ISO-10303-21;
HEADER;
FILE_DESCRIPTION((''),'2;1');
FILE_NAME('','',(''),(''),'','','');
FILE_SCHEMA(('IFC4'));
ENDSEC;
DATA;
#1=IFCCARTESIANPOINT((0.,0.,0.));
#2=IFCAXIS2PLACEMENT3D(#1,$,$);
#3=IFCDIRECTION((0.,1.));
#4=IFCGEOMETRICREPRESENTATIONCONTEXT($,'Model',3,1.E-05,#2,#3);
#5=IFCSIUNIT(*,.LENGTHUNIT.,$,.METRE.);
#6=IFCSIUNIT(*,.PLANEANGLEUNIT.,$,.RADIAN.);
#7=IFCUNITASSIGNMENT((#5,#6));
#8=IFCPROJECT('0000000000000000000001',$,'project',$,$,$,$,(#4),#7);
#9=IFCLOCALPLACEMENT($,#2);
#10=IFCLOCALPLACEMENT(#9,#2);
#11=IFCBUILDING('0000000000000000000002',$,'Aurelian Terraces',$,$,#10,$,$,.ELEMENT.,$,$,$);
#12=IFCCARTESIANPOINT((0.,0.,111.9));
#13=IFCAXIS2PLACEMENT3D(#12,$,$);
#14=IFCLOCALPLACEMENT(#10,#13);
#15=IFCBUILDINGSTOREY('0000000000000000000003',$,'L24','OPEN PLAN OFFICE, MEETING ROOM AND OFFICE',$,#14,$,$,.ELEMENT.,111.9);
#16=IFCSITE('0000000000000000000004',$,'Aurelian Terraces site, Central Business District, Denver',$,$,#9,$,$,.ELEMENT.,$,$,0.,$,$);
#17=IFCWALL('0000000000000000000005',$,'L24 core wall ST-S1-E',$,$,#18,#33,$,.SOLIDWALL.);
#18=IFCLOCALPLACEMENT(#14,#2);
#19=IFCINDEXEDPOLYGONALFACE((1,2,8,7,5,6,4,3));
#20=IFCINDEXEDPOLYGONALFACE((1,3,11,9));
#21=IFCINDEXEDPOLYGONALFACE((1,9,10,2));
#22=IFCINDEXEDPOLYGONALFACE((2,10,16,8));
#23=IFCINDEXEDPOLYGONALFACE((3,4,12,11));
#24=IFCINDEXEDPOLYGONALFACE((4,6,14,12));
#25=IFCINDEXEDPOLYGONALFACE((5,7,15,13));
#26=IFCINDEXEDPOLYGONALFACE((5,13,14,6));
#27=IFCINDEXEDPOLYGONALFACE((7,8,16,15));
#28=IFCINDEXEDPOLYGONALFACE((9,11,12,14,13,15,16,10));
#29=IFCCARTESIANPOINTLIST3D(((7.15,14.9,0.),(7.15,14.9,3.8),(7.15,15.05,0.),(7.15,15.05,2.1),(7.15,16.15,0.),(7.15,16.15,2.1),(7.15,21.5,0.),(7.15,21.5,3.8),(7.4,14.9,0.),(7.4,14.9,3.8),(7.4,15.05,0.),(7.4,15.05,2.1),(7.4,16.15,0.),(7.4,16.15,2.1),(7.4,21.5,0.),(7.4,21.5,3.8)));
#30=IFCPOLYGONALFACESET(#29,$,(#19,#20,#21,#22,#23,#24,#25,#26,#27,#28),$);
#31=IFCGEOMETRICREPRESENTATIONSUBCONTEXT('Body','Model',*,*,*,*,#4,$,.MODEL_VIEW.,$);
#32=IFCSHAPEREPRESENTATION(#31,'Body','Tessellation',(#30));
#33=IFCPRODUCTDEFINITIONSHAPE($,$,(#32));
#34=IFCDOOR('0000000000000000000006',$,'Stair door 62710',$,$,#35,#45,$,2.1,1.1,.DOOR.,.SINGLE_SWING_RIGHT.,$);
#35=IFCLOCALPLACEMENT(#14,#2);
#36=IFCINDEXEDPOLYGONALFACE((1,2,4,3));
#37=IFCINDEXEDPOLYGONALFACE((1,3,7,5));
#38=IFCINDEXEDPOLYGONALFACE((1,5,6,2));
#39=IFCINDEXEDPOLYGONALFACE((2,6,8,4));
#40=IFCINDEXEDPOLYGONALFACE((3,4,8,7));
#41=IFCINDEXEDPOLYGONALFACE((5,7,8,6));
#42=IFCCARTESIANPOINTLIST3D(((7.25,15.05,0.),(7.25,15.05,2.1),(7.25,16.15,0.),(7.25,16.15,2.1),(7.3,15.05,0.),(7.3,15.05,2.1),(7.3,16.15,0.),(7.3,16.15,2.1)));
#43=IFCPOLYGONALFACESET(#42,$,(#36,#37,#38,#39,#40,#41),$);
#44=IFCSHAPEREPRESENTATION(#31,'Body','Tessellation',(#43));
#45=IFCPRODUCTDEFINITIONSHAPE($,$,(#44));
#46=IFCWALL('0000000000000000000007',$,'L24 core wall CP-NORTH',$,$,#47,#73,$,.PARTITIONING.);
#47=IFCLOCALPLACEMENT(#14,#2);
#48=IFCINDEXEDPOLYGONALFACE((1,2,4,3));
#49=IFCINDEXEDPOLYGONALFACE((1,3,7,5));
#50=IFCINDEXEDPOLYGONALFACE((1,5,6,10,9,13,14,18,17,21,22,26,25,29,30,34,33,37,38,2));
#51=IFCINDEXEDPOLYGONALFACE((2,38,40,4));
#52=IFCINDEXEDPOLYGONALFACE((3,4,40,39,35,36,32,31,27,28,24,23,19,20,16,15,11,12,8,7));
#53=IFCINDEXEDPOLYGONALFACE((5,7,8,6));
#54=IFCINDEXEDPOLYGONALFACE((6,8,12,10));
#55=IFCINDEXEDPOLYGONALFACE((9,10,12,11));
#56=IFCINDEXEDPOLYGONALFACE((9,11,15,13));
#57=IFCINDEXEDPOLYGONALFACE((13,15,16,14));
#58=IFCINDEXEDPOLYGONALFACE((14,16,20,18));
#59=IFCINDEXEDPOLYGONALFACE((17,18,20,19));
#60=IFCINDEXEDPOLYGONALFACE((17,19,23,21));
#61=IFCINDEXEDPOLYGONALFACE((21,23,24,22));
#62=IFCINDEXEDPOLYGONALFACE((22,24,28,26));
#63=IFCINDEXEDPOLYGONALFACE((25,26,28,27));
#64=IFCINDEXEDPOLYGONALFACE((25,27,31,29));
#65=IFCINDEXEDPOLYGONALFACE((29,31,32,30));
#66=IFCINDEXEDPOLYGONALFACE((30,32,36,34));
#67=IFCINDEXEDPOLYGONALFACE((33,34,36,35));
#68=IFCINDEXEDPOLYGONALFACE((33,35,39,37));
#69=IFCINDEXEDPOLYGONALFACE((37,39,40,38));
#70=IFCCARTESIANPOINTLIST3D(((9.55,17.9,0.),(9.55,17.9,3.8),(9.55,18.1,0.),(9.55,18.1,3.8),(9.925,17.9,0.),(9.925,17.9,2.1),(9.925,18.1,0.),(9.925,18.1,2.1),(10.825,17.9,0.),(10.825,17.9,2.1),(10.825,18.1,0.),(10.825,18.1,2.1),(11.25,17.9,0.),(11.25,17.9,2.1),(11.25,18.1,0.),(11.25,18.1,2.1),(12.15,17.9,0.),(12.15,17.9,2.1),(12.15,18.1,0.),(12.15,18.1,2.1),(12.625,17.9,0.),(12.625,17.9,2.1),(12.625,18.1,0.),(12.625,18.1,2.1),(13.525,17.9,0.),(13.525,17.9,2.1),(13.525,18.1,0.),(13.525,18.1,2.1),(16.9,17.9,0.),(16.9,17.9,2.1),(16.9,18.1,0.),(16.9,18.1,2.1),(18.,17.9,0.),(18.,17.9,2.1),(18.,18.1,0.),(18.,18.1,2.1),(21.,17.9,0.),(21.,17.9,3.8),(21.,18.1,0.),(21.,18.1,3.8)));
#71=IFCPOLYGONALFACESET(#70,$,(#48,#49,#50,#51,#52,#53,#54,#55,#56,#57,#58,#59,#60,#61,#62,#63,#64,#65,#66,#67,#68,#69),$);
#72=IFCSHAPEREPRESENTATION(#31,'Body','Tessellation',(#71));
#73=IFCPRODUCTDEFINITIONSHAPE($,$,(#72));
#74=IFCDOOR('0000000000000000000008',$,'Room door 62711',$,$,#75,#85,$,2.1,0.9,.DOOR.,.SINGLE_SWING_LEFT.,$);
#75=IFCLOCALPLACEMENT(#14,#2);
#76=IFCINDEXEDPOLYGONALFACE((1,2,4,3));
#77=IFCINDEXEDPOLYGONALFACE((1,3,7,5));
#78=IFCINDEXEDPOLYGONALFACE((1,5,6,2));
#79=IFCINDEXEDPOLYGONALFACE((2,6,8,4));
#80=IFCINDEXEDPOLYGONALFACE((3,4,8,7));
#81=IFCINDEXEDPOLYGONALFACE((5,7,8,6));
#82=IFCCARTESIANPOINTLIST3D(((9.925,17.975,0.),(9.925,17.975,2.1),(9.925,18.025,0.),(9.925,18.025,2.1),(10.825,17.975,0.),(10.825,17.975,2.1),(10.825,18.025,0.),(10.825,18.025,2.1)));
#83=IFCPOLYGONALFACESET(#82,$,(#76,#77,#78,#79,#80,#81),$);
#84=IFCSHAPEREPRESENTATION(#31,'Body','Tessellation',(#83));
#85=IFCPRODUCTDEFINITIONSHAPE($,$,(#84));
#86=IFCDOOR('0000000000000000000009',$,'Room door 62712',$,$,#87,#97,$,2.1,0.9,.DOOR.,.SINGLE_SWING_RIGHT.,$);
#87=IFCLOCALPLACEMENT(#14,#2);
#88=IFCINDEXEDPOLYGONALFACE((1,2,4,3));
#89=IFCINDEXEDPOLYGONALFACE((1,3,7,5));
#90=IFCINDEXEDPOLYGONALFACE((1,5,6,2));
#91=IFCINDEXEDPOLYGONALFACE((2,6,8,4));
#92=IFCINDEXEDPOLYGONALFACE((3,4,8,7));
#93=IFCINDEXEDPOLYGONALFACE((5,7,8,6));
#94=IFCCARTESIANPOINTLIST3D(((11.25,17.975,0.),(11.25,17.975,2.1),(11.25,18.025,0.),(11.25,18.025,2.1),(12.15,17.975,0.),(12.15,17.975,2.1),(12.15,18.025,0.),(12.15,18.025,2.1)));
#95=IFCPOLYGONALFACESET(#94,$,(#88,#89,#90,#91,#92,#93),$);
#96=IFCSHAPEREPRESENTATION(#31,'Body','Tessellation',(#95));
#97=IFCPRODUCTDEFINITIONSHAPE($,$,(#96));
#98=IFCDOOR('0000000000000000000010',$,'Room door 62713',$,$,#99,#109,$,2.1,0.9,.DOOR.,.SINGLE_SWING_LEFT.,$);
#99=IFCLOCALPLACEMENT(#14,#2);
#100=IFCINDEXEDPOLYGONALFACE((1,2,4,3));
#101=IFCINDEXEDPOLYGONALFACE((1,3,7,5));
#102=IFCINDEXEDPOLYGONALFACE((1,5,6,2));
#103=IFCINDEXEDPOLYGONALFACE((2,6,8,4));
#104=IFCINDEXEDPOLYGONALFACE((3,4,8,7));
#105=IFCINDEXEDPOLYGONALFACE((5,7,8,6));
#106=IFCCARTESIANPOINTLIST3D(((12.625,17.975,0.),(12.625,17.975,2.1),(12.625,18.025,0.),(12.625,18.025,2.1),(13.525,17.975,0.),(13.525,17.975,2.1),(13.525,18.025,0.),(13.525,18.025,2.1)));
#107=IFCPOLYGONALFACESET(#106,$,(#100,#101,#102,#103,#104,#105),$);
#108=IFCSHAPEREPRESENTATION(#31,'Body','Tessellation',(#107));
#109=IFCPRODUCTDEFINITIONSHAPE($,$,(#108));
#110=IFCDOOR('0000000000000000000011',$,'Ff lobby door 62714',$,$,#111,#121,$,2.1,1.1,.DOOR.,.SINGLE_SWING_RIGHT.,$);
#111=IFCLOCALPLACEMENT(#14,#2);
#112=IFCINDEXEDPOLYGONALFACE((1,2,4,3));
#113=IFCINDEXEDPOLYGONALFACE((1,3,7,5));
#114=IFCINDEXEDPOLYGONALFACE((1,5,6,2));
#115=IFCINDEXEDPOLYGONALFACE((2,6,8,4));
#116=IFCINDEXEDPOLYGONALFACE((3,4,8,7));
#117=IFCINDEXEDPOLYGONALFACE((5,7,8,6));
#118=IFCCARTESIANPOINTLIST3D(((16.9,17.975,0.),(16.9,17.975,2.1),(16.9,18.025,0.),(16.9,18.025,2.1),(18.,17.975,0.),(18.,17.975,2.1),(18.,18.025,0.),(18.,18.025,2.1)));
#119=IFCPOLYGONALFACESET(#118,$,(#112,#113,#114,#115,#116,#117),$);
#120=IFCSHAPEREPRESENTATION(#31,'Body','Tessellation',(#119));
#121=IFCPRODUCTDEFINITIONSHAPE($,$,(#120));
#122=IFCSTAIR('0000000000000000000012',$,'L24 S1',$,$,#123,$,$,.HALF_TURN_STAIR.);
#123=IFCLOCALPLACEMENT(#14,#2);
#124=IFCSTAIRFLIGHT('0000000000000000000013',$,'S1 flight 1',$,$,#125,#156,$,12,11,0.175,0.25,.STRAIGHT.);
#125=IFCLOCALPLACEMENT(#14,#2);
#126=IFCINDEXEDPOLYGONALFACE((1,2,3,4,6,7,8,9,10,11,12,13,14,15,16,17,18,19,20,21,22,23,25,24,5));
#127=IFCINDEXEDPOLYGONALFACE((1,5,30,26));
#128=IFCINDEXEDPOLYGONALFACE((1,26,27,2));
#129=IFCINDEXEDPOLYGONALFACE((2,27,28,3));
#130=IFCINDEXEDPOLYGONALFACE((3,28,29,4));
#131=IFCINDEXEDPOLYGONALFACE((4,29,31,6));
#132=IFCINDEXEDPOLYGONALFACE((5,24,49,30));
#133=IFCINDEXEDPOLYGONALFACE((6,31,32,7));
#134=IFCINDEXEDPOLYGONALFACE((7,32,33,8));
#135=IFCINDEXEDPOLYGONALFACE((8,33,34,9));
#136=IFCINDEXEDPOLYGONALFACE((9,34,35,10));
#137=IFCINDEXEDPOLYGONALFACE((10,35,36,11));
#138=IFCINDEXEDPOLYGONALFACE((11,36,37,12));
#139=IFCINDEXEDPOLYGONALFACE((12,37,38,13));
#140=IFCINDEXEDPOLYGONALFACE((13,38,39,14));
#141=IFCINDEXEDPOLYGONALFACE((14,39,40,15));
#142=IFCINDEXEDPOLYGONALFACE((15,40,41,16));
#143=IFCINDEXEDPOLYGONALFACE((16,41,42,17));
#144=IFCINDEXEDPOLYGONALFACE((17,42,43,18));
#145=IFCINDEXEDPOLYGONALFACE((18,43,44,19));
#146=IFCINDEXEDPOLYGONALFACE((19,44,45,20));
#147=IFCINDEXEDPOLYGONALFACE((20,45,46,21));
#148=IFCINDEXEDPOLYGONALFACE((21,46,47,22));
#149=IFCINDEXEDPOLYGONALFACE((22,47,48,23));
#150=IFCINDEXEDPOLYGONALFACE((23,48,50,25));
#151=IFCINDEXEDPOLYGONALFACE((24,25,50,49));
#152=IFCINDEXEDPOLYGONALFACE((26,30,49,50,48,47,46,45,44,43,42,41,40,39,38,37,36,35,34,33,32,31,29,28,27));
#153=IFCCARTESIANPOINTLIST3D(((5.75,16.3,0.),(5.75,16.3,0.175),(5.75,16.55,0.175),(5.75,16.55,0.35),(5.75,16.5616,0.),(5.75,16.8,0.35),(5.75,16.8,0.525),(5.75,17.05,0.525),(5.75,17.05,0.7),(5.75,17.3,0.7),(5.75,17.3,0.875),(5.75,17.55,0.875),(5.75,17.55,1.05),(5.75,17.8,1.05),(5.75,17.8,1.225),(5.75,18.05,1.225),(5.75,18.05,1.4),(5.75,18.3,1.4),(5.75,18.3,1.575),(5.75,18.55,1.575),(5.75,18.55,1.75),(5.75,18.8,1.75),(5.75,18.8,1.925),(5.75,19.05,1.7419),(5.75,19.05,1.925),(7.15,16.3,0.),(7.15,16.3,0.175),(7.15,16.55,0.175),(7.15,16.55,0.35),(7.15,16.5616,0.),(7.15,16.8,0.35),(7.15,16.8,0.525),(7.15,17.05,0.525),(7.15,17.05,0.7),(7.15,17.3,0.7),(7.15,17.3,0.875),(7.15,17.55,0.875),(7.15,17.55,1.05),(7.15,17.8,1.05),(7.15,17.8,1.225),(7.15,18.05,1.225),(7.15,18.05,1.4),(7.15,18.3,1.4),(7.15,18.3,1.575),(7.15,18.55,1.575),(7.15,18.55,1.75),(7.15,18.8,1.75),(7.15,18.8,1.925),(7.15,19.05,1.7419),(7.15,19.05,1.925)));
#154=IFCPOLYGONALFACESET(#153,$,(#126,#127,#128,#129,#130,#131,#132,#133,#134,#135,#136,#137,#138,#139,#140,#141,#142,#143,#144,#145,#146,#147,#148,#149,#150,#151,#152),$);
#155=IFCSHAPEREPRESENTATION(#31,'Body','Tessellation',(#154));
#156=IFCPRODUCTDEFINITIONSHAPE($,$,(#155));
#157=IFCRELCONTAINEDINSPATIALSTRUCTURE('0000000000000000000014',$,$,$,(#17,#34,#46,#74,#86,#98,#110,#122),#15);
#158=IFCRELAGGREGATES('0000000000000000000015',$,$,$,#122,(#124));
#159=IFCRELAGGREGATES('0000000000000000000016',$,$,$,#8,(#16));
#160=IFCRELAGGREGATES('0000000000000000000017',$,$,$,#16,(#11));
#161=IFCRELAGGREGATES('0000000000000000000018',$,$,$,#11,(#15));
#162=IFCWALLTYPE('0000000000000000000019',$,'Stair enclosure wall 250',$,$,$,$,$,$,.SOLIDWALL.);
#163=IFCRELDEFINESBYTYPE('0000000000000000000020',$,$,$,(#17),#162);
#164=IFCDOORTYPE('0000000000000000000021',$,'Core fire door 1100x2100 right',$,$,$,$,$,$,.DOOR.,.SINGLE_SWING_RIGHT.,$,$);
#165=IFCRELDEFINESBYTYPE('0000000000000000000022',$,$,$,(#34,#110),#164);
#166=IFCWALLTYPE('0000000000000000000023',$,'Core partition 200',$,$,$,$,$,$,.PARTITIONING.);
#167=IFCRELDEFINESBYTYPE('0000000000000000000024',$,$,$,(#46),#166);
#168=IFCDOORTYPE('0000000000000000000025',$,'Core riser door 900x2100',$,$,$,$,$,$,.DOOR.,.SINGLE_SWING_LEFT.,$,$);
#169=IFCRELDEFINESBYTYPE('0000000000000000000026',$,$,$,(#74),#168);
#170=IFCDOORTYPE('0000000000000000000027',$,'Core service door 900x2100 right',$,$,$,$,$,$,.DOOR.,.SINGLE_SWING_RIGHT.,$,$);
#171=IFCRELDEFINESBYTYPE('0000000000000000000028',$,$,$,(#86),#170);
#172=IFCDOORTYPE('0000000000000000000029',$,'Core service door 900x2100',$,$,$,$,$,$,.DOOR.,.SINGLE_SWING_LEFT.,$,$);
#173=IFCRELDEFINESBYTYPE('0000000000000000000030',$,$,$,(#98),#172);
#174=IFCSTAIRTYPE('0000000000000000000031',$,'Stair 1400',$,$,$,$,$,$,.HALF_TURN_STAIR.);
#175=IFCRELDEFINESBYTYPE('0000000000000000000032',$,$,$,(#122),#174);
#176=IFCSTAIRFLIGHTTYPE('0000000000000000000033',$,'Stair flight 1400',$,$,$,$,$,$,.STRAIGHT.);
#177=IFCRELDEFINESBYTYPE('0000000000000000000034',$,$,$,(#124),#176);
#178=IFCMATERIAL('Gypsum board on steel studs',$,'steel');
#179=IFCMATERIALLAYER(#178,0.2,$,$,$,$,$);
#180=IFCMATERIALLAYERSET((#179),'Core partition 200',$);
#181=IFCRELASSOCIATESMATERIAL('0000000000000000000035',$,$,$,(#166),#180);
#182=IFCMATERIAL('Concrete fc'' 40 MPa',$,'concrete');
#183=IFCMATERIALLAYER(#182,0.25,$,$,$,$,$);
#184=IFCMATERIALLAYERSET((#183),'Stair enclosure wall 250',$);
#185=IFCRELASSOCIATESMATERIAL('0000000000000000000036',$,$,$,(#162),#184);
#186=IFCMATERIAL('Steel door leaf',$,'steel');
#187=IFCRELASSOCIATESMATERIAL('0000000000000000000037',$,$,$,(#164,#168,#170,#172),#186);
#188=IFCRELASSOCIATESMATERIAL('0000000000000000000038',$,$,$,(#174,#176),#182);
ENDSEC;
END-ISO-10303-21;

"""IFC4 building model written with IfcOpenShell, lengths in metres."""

from ifc_helpers import new_model, si_unit, direction, frame, frame_2d, origin, place, context, subcontext, project, spatial, polyline, rectangle, outline, extrude, source, transform, mapped, material, layer, layer_set, type_object, element, fill, aggregate, save


model = new_model("IFC4")

# Units and contexts
model_context = context("Model", 3, precision=1e-05, world=origin(), true_north=direction((0.0, 1.0)))
body_context = subcontext(model_context, "Body", "Model", "MODEL_VIEW")
ifc_project = project(units=[si_unit("LENGTHUNIT", "METRE"), si_unit("PLANEANGLEUNIT", "RADIAN")], contexts=[model_context])

# Site, building, storey
site_placement = place(None, origin())
site = spatial("IfcSite", under=ifc_project, at=site_placement, Name="Aurelian Terraces site, Central Business District, Denver", CompositionType="ELEMENT", RefElevation=0.0)
building_placement = place(site_placement, origin())
building = spatial("IfcBuilding", under=site, at=building_placement, Name="Aurelian Terraces", CompositionType="ELEMENT")
storey_placement = place(building_placement, frame((0.0, 0.0, 111.9)))
storey = spatial("IfcBuildingStorey", under=building, at=storey_placement, Name="L24", Description="OPEN PLAN OFFICE, MEETING ROOM AND OFFICE", CompositionType="ELEMENT", Elevation=111.9)

# Shared definitions
ifc_material_1 = material(Name="Concrete fc' 40 MPa", Category="concrete")

# Shared definitions
shared_shape_1 = source(origin(), body_context, "Body", "SweptSolid", [
    extrude(rectangle(XDim=1.1, YDim=2.1, at=frame_2d((0.55, 1.05))), frame((0.0, 0.11, 0.0), z_axis=(0.0, -1.0, 0.0), x_axis=(1.0, 0.0, 0.0)), (0.0, 0.0, 1.0), 0.22),
])
shared_shape_2 = source(origin(), body_context, "Body", "SweptSolid", [
    extrude(rectangle(XDim=1.1, YDim=2.1, at=frame_2d((0.55, 1.05))), frame((0.0, 0.025, 0.0), z_axis=(0.0, -1.0, 0.0), x_axis=(1.0, 0.0, 0.0)), (0.0, 0.0, 1.0), 0.05),
])

# Shared definitions
ifc_material_2 = material(Name="Gypsum board on steel studs", Category="steel")
ifc_layer_1 = layer(ifc_material_2, 0.2)
ifc_layer_set_1 = layer_set([ifc_layer_1], Name="Core partition 200")
wall_type_1 = type_object("IfcWallType", Name="Core partition 200", PredefinedType="PARTITIONING", material=ifc_layer_set_1)

# Wall, opening, door
ifc_layer_2 = layer(ifc_material_1, 0.25)
ifc_layer_set_2 = layer_set([ifc_layer_2], Name="Stair enclosure wall 250")
wall_type_2 = type_object("IfcWallType", Name="Stair enclosure wall 250", PredefinedType="SOLIDWALL", material=ifc_layer_set_2)
shared_shape_3 = source(origin(), body_context, "Body", "SweptSolid", [
    extrude(rectangle(XDim=6.6, YDim=0.25, at=frame_2d((3.3, 0.0))), origin(), (0.0, 0.0, 1.0), 3.8),
])
wall_1_placement = place(storey_placement, frame((7.275, 14.9, 0.0), z_axis=(0.0, 0.0, 1.0), x_axis=(0.0, 1.0, 0.0)))
wall_1 = element("IfcWall", 1, at=wall_1_placement, inside=storey, type_object=wall_type_2, Name="L24 core wall ST-S1-E", PredefinedType="SOLIDWALL", context=body_context, shape_type="MappedRepresentation", body=[
    mapped(shared_shape_3, transform((0.0, 0.0, 0.0), scale=1.0)),
])
shared_shape_4 = source(origin(), body_context, "Body", "SweptSolid", [
    extrude(rectangle(XDim=1.1, YDim=2.1, at=frame_2d((0.55, 1.05))), frame((0.0, 0.135, 0.0), z_axis=(0.0, -1.0, 0.0), x_axis=(1.0, 0.0, 0.0)), (0.0, 0.0, 1.0), 0.27),
])
opening_1_placement = place(wall_1_placement, frame((0.15, 0.0, 0.0)))
opening_1 = element("IfcOpeningElement", 2, at=opening_1_placement, cuts=wall_1, PredefinedType="OPENING", context=body_context, shape_type="MappedRepresentation", body=[
    mapped(shared_shape_4, transform((0.0, 0.0, 0.0), scale=1.0)),
])
ifc_material_3 = material(Name="Steel door leaf", Category="steel")
door_type_1 = type_object("IfcDoorType", Name="Core fire door 1100x2100 right", OperationType="SINGLE_SWING_RIGHT", PredefinedType="DOOR", material=ifc_material_3)
door_1_placement = place(opening_1_placement, origin())
door_1 = element("IfcDoor", 3, at=door_1_placement, inside=storey, type_object=door_type_1, Name="Stair door 62710", OperationType="SINGLE_SWING_RIGHT", OverallHeight=2.1, OverallWidth=1.1, PredefinedType="DOOR", context=body_context, shape_type="MappedRepresentation", body=[
    mapped(shared_shape_2, transform((0.0, 0.0, 0.0), scale=1.0)),
])
fill(opening_1, door_1)

# Wall, openings, doors
shared_shape_5 = source(origin(), body_context, "Body", "SweptSolid", [
    extrude(rectangle(XDim=11.45, YDim=0.2, at=frame_2d((5.725, 0.0))), origin(), (0.0, 0.0, 1.0), 3.8),
])
wall_2_placement = place(storey_placement, frame((9.55, 18.0, 0.0), z_axis=(0.0, 0.0, 1.0), x_axis=(1.0, 0.0, 0.0)))
wall_2 = element("IfcWall", 4, at=wall_2_placement, inside=storey, type_object=wall_type_1, Name="L24 core wall CP-NORTH", PredefinedType="PARTITIONING", context=body_context, shape_type="MappedRepresentation", body=[
    mapped(shared_shape_5, transform((0.0, 0.0, 0.0), scale=1.0)),
])
shared_shape_6 = source(origin(), body_context, "Body", "SweptSolid", [
    extrude(rectangle(XDim=0.9, YDim=2.1, at=frame_2d((0.45, 1.05))), frame((0.0, 0.11, 0.0), z_axis=(0.0, -1.0, 0.0), x_axis=(1.0, 0.0, 0.0)), (0.0, 0.0, 1.0), 0.22),
])
opening_2_placement = place(wall_2_placement, frame((0.375, 0.0, 0.0)))
opening_2 = element("IfcOpeningElement", 5, at=opening_2_placement, cuts=wall_2, PredefinedType="OPENING", context=body_context, shape_type="MappedRepresentation", body=[
    mapped(shared_shape_6, transform((0.0, 0.0, 0.0), scale=1.0)),
])
opening_3_placement = place(wall_2_placement, frame((1.7, 0.0, 0.0)))
opening_3 = element("IfcOpeningElement", 6, at=opening_3_placement, cuts=wall_2, PredefinedType="OPENING", context=body_context, shape_type="MappedRepresentation", body=[
    mapped(shared_shape_6, transform((0.0, 0.0, 0.0), scale=1.0)),
])
opening_4_placement = place(wall_2_placement, frame((3.075, 0.0, 0.0)))
opening_4 = element("IfcOpeningElement", 7, at=opening_4_placement, cuts=wall_2, PredefinedType="OPENING", context=body_context, shape_type="MappedRepresentation", body=[
    mapped(shared_shape_6, transform((0.0, 0.0, 0.0), scale=1.0)),
])
opening_5_placement = place(wall_2_placement, frame((7.35, 0.0, 0.0)))
opening_5 = element("IfcOpeningElement", 8, at=opening_5_placement, cuts=wall_2, PredefinedType="OPENING", context=body_context, shape_type="MappedRepresentation", body=[
    mapped(shared_shape_1, transform((0.0, 0.0, 0.0), scale=1.0)),
])
door_type_2 = type_object("IfcDoorType", Name="Core riser door 900x2100", OperationType="SINGLE_SWING_LEFT", PredefinedType="DOOR", material=ifc_material_3)
shared_shape_7 = source(origin(), body_context, "Body", "SweptSolid", [
    extrude(rectangle(XDim=0.9, YDim=2.1, at=frame_2d((0.45, 1.05))), frame((0.0, 0.025, 0.0), z_axis=(0.0, -1.0, 0.0), x_axis=(1.0, 0.0, 0.0)), (0.0, 0.0, 1.0), 0.05),
])
door_2_placement = place(opening_2_placement, origin())
door_2 = element("IfcDoor", 9, at=door_2_placement, inside=storey, type_object=door_type_2, Name="Room door 62711", OperationType="SINGLE_SWING_LEFT", OverallHeight=2.1, OverallWidth=0.9, PredefinedType="DOOR", context=body_context, shape_type="MappedRepresentation", body=[
    mapped(shared_shape_7, transform((0.0, 0.0, 0.0), scale=1.0)),
])
fill(opening_2, door_2)
door_type_3 = type_object("IfcDoorType", Name="Core service door 900x2100 right", OperationType="SINGLE_SWING_RIGHT", PredefinedType="DOOR", material=ifc_material_3)
door_3_placement = place(opening_3_placement, origin())
door_3 = element("IfcDoor", 10, at=door_3_placement, inside=storey, type_object=door_type_3, Name="Room door 62712", OperationType="SINGLE_SWING_RIGHT", OverallHeight=2.1, OverallWidth=0.9, PredefinedType="DOOR", context=body_context, shape_type="MappedRepresentation", body=[
    mapped(shared_shape_7, transform((0.0, 0.0, 0.0), scale=1.0)),
])
fill(opening_3, door_3)
door_type_4 = type_object("IfcDoorType", Name="Core service door 900x2100", OperationType="SINGLE_SWING_LEFT", PredefinedType="DOOR", material=ifc_material_3)
door_4_placement = place(opening_4_placement, origin())
door_4 = element("IfcDoor", 11, at=door_4_placement, inside=storey, type_object=door_type_4, Name="Room door 62713", OperationType="SINGLE_SWING_LEFT", OverallHeight=2.1, OverallWidth=0.9, PredefinedType="DOOR", context=body_context, shape_type="MappedRepresentation", body=[
    mapped(shared_shape_7, transform((0.0, 0.0, 0.0), scale=1.0)),
])
fill(opening_4, door_4)
door_5_placement = place(opening_5_placement, origin())
door_5 = element("IfcDoor", 12, at=door_5_placement, inside=storey, type_object=door_type_1, Name="Ff lobby door 62714", OperationType="SINGLE_SWING_RIGHT", OverallHeight=2.1, OverallWidth=1.1, PredefinedType="DOOR", context=body_context, shape_type="MappedRepresentation", body=[
    mapped(shared_shape_2, transform((0.0, 0.0, 0.0), scale=1.0)),
])
fill(opening_5, door_5)

# Stair, stair flight
stair_type = type_object("IfcStairType", Name="Stair 1400", PredefinedType="HALF_TURN_STAIR", material=ifc_material_1)
stair_placement = place(storey_placement, origin())
stair = element("IfcStair", 13, at=stair_placement, inside=storey, type_object=stair_type, Name="L24 S1", PredefinedType="HALF_TURN_STAIR")
stair_flight_type = type_object("IfcStairFlightType", Name="Stair flight 1400", PredefinedType="STRAIGHT", material=ifc_material_1)
shared_shape_8 = source(origin(), body_context, "Body", "SweptSolid", [
    extrude(outline(polyline([(0.0, 0.0), (0.0, 0.175), (0.25, 0.175), (0.25, 0.35), (0.5, 0.35), (0.5, 0.525), (0.75, 0.525), (0.75, 0.7), (1.0, 0.7), (1.0, 0.875), (1.25, 0.875), (1.25, 1.05), (1.5, 1.05), (1.5, 1.225), (1.75, 1.225), (1.75, 1.4), (2.0, 1.4), (2.0, 1.575), (2.25, 1.575), (2.25, 1.75), (2.5, 1.75), (2.5, 1.925), (2.75, 1.925), (2.75, 2.1), (2.75, 1.7419), (0.2616, 0.0), (0.0, 0.0)])), frame((0.0, 0.7, 0.0), z_axis=(0.0, -1.0, 0.0), x_axis=(1.0, 0.0, 0.0)), (0.0, 0.0, 1.0), 1.4),
])
stair_flight_1_placement = place(storey_placement, frame((6.45, 16.3, 0.0), z_axis=(0.0, 0.0, 1.0), x_axis=(0.0, 1.0, 0.0)))
stair_flight_1 = element("IfcStairFlight", 14, at=stair_flight_1_placement, type_object=stair_flight_type, Name="S1 flight 1", NumberOfRisers=12, NumberOfTreads=11, PredefinedType="STRAIGHT", RiserHeight=0.175, TreadLength=0.25, context=body_context, shape_type="MappedRepresentation", body=[
    mapped(shared_shape_8, transform((0.0, 0.0, 0.0), scale=1.0)),
])
aggregate(stair, [stair_flight_1])

save(model, "model.ifc")
